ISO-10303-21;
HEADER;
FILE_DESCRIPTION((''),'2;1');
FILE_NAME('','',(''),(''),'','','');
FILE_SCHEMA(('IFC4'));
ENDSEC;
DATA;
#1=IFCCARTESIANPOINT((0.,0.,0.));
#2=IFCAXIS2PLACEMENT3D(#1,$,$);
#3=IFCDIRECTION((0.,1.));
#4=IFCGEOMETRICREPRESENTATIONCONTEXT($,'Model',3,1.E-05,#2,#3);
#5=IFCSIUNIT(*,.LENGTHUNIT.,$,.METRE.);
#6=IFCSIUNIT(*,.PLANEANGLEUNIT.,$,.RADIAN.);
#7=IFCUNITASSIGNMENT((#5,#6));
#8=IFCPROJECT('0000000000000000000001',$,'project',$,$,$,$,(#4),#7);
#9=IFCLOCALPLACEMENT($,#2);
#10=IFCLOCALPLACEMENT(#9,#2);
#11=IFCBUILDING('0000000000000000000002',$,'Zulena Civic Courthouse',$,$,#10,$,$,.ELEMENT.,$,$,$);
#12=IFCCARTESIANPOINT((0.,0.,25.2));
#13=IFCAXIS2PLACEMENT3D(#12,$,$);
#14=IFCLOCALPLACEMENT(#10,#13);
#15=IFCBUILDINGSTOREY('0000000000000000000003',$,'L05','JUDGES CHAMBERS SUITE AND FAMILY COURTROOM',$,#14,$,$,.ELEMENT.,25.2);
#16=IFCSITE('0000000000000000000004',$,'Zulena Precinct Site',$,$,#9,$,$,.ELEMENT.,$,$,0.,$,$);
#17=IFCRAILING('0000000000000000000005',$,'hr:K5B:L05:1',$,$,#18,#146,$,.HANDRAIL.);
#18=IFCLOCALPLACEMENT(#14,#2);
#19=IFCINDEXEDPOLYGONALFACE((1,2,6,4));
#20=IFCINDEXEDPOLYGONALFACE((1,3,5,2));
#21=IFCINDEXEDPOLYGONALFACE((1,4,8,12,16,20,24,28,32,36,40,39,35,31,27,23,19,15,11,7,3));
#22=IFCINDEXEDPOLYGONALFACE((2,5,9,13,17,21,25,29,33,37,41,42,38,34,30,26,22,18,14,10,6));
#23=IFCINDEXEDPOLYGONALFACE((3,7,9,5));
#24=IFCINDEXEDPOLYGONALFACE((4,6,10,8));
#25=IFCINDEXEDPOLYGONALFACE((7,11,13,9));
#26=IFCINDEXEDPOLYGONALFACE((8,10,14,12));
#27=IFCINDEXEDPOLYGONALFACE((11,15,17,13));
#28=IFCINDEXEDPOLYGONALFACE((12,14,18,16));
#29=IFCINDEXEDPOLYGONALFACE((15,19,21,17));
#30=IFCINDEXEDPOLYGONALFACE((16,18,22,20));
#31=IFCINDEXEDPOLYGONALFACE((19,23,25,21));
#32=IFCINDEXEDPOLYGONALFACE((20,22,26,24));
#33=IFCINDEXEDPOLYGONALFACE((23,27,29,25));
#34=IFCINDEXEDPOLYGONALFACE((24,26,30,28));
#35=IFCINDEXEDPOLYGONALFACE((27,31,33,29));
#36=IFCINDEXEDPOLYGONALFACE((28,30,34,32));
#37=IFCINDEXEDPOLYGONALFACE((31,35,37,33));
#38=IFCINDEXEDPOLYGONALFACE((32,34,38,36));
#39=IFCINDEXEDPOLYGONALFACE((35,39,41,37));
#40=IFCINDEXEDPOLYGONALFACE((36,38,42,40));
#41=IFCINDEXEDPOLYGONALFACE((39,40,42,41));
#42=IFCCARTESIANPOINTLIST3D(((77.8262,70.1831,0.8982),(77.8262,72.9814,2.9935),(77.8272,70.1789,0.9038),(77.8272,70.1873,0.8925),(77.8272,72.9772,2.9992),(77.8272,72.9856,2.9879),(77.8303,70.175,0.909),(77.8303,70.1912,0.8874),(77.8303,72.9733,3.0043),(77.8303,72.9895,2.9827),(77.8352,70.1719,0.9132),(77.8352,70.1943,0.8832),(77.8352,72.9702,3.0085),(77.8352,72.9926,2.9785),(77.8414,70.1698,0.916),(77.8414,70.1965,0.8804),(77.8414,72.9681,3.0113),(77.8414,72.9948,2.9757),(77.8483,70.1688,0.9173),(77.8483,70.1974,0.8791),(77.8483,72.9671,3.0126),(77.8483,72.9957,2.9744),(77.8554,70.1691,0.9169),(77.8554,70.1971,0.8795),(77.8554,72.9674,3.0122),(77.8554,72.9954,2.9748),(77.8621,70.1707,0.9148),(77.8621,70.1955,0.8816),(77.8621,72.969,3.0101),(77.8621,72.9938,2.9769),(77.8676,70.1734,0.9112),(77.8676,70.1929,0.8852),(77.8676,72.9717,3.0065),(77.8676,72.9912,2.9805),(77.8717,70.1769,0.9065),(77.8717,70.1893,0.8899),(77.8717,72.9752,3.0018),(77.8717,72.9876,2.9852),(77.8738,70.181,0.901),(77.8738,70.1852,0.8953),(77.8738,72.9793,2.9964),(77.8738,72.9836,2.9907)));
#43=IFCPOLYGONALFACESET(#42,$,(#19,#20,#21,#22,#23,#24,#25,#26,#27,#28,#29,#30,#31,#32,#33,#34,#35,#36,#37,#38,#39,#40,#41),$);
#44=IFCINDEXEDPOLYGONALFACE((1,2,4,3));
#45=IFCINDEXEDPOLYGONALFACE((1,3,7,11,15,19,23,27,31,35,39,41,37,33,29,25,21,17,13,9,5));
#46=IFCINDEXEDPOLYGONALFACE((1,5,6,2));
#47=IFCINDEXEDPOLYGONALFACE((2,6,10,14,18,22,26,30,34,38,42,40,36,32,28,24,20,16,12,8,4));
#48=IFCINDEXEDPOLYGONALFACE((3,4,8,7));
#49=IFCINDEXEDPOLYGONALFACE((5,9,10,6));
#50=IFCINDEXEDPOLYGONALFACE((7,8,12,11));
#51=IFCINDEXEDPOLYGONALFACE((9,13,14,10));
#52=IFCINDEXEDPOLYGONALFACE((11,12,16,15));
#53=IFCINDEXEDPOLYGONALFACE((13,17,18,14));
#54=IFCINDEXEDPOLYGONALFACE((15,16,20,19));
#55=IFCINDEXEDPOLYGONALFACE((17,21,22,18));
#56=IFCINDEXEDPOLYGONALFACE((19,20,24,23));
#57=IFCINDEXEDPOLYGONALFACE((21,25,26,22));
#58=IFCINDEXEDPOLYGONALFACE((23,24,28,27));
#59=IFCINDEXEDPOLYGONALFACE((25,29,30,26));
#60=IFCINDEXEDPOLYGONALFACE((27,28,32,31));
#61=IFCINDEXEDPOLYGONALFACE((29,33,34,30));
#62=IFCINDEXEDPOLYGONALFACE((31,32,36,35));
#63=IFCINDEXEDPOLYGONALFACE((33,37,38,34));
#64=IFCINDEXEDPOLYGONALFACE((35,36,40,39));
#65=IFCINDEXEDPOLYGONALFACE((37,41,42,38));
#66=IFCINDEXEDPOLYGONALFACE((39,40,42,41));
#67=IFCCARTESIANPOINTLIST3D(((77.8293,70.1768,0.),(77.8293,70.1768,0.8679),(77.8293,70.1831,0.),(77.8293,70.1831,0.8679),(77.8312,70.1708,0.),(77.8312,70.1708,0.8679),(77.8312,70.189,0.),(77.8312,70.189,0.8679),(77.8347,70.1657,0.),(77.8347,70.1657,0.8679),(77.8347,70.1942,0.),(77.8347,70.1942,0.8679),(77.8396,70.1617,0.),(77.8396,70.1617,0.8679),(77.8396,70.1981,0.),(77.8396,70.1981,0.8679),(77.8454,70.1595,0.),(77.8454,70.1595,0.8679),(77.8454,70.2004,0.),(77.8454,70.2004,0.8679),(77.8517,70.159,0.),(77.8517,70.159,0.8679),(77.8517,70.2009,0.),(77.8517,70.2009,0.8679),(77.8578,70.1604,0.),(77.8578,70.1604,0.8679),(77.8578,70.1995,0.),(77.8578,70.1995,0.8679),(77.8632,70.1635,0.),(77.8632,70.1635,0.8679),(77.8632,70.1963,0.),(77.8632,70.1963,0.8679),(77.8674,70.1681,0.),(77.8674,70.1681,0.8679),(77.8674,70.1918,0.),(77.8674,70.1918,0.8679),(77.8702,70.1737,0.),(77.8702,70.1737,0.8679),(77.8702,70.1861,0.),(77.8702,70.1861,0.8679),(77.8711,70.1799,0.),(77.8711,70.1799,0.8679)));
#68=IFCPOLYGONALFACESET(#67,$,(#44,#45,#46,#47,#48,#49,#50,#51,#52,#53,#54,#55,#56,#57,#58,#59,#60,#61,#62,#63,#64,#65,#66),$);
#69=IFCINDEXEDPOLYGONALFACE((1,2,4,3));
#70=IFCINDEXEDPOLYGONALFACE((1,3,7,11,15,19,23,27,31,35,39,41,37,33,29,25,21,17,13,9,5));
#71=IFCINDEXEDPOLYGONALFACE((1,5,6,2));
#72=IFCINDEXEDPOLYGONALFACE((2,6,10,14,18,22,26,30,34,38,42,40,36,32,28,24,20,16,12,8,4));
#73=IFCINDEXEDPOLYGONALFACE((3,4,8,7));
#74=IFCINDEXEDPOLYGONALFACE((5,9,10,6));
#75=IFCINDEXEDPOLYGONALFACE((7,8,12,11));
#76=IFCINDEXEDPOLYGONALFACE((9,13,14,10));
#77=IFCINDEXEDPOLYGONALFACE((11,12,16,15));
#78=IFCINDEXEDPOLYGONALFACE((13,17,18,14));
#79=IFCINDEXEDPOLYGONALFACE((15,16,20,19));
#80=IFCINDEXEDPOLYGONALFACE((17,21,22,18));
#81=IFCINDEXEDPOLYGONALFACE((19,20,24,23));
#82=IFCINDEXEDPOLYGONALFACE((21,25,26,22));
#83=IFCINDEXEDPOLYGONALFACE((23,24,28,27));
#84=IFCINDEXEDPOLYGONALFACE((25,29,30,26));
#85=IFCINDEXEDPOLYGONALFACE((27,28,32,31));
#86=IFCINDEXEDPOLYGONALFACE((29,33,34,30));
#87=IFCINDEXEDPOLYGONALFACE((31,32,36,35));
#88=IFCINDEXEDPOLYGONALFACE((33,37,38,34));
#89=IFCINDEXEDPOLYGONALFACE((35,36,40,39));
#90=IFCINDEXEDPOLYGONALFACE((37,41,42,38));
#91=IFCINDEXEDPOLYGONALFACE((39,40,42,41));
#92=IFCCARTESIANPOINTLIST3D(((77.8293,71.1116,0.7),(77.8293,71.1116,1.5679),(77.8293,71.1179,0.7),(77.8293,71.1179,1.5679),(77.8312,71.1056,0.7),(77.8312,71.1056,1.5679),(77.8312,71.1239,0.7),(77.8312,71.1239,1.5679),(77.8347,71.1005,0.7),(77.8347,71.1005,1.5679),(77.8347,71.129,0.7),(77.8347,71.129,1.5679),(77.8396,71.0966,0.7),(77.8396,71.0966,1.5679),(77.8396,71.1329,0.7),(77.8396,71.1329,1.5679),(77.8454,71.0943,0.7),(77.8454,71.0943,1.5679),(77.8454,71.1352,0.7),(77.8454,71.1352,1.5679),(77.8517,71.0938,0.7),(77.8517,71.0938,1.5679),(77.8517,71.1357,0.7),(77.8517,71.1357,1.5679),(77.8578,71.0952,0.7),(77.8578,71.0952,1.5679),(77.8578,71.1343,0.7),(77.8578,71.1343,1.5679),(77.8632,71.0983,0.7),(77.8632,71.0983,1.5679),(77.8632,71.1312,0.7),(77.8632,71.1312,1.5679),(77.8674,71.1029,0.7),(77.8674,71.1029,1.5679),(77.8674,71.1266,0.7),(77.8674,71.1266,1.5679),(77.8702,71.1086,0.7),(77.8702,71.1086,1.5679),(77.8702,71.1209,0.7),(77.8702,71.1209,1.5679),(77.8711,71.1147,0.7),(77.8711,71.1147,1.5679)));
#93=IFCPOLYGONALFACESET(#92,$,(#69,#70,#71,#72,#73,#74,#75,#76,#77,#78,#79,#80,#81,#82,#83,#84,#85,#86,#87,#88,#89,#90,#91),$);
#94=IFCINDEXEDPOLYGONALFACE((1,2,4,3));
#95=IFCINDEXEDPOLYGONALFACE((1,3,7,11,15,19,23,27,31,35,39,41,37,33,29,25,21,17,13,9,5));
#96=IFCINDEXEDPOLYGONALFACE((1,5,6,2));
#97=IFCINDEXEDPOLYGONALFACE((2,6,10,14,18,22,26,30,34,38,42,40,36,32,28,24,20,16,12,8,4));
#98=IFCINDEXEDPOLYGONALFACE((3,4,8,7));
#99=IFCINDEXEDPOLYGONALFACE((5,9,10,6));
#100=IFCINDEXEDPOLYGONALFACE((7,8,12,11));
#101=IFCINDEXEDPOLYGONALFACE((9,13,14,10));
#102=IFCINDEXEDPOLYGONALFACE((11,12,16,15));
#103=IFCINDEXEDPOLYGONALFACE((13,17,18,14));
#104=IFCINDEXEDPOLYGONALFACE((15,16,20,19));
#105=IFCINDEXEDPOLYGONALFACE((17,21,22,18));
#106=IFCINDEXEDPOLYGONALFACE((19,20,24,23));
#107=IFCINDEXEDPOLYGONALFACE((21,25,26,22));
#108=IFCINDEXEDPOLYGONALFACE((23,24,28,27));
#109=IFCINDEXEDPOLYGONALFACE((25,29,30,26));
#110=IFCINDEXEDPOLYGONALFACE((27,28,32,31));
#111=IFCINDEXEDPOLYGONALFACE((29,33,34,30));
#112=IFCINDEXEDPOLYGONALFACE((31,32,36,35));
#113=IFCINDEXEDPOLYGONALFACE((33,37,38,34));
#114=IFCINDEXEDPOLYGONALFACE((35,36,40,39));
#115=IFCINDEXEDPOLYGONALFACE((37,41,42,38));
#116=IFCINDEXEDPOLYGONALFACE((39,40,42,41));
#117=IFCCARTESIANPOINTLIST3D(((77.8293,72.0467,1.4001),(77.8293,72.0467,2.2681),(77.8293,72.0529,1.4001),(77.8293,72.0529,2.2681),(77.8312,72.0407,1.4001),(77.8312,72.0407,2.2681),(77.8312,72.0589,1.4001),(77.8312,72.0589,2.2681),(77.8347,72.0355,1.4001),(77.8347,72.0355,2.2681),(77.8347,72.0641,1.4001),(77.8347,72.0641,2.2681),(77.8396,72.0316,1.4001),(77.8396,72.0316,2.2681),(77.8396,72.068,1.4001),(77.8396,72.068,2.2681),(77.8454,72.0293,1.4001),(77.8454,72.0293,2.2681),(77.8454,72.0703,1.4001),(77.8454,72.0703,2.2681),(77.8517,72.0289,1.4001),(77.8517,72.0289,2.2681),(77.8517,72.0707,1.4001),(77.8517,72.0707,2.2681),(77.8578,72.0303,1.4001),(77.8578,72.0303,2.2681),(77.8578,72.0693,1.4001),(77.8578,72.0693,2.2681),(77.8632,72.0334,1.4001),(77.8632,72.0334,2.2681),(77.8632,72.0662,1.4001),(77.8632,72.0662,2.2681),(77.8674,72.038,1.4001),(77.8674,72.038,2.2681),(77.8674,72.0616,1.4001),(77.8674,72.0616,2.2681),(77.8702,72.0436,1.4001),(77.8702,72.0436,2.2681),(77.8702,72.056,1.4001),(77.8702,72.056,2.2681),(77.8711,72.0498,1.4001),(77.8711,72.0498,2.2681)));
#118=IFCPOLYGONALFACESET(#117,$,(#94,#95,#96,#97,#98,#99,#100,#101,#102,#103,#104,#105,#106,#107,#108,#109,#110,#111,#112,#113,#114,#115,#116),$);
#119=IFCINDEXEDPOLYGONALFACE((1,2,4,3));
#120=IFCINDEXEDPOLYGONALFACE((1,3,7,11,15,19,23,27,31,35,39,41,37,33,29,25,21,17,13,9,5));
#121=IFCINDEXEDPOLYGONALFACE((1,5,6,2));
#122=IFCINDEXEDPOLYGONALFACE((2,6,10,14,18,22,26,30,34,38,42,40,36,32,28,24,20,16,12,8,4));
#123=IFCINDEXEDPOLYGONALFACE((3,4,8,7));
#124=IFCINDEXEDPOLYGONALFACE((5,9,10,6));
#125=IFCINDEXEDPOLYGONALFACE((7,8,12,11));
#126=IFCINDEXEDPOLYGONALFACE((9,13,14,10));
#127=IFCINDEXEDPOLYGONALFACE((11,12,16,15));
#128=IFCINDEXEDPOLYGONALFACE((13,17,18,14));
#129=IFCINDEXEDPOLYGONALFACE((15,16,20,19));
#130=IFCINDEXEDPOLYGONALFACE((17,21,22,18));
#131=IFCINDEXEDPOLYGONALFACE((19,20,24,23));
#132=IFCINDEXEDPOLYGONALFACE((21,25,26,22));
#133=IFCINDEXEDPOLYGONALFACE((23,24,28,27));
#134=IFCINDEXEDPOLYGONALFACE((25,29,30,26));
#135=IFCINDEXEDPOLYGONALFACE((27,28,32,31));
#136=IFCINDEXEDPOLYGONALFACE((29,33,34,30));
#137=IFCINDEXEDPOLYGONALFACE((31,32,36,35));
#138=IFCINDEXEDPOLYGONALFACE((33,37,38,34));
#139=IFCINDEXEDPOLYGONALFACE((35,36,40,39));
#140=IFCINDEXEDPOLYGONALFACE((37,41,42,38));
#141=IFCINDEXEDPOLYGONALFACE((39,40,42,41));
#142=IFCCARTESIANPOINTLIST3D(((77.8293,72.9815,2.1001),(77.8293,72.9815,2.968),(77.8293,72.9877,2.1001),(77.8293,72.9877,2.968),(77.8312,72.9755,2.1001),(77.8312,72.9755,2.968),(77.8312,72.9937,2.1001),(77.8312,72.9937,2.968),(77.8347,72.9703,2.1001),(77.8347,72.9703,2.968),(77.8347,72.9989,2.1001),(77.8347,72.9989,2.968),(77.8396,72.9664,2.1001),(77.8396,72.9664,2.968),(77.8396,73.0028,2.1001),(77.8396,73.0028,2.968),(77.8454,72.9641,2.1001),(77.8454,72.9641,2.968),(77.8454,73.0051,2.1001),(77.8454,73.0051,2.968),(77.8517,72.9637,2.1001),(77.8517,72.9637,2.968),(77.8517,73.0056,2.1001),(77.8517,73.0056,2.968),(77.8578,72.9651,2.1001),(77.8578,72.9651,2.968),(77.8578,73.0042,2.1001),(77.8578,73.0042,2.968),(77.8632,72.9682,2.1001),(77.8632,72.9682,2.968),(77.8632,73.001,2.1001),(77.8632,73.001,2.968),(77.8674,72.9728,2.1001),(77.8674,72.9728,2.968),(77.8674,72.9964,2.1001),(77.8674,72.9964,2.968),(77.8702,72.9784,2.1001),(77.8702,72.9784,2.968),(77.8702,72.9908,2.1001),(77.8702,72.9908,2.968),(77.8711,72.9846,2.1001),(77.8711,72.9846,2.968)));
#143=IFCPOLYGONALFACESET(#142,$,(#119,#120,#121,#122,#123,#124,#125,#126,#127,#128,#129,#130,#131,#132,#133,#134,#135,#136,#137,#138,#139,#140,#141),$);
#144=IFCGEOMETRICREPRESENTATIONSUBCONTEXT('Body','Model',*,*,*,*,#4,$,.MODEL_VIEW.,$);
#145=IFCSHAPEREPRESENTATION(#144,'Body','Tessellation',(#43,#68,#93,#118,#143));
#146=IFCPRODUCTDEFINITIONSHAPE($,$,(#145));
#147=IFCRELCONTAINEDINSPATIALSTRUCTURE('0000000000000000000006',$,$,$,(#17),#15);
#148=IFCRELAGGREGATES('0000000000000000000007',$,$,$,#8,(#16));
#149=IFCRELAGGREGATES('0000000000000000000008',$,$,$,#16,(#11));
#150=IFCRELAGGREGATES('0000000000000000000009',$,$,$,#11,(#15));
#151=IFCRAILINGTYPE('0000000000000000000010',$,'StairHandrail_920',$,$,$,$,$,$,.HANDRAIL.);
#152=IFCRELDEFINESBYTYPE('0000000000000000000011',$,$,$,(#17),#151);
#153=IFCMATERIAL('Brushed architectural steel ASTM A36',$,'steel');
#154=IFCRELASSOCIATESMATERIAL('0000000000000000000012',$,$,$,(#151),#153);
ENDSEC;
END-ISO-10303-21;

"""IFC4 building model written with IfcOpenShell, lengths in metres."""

from ifc_helpers import new_model, si_unit, direction, frame, origin, origin_2d, place, context, subcontext, project, spatial, circle, extrude, material, type_object, element, save


model = new_model("IFC4")

# Units and contexts
model_context = context("Model", 3, precision=1e-05, world=origin(), true_north=direction((0.0, 1.0)))
body_context = subcontext(model_context, "Body", "Model", "MODEL_VIEW")
ifc_project = project(units=[si_unit("LENGTHUNIT", "METRE"), si_unit("PLANEANGLEUNIT", "RADIAN")], contexts=[model_context])

# Site, building, storey
site_placement = place(None, origin())
site = spatial("IfcSite", under=ifc_project, at=site_placement, Name="Zulena Precinct Site", CompositionType="ELEMENT", RefElevation=0.0)
building_placement = place(site_placement, origin())
building = spatial("IfcBuilding", under=site, at=building_placement, Name="Zulena Civic Courthouse", CompositionType="ELEMENT")
storey_placement = place(building_placement, frame((0.0, 0.0, 25.2)))
storey = spatial("IfcBuildingStorey", under=building, at=storey_placement, Name="L05", Description="JUDGES CHAMBERS SUITE AND FAMILY COURTROOM", CompositionType="ELEMENT", Elevation=25.2)

# Railing
ifc_material_1 = material(Name="Brushed architectural steel ASTM A36", Category="steel")
railing_type_1 = type_object("IfcRailingType", Name="StairHandrail_920", PredefinedType="HANDRAIL", material=ifc_material_1)
railing_1_placement = place(storey_placement, frame((77.8501, 70.1799, 0.0)))
element("IfcRailing", 1, at=railing_1_placement, inside=storey, type_object=railing_type_1, Name="hr:K5B:L05:1", PredefinedType="HANDRAIL", context=body_context, shape_type="SweptSolid", body=[
    extrude(circle(Radius=0.0239, at=origin_2d()), frame((0.0, 0.0032, 0.8982), z_axis=(0.0, 0.800468, 0.599375), x_axis=(-1.0, 0.0, 0.0)), (0.0, 0.0, 1.0), 3.4958),
    extrude(circle(Radius=0.021, at=origin_2d()), origin(), (0.0, 0.0, 1.0), 0.8679),
    extrude(circle(Radius=0.021, at=origin_2d()), frame((0.0, 0.9348, 0.7)), (0.0, 0.0, 1.0), 0.8679),
    extrude(circle(Radius=0.021, at=origin_2d()), frame((0.0, 1.8699, 1.4001)), (0.0, 0.0, 1.0), 0.8679),
    extrude(circle(Radius=0.021, at=origin_2d()), frame((0.0, 2.8047, 2.1001)), (0.0, 0.0, 1.0), 0.8679),
])

save(model, "model.ifc")
